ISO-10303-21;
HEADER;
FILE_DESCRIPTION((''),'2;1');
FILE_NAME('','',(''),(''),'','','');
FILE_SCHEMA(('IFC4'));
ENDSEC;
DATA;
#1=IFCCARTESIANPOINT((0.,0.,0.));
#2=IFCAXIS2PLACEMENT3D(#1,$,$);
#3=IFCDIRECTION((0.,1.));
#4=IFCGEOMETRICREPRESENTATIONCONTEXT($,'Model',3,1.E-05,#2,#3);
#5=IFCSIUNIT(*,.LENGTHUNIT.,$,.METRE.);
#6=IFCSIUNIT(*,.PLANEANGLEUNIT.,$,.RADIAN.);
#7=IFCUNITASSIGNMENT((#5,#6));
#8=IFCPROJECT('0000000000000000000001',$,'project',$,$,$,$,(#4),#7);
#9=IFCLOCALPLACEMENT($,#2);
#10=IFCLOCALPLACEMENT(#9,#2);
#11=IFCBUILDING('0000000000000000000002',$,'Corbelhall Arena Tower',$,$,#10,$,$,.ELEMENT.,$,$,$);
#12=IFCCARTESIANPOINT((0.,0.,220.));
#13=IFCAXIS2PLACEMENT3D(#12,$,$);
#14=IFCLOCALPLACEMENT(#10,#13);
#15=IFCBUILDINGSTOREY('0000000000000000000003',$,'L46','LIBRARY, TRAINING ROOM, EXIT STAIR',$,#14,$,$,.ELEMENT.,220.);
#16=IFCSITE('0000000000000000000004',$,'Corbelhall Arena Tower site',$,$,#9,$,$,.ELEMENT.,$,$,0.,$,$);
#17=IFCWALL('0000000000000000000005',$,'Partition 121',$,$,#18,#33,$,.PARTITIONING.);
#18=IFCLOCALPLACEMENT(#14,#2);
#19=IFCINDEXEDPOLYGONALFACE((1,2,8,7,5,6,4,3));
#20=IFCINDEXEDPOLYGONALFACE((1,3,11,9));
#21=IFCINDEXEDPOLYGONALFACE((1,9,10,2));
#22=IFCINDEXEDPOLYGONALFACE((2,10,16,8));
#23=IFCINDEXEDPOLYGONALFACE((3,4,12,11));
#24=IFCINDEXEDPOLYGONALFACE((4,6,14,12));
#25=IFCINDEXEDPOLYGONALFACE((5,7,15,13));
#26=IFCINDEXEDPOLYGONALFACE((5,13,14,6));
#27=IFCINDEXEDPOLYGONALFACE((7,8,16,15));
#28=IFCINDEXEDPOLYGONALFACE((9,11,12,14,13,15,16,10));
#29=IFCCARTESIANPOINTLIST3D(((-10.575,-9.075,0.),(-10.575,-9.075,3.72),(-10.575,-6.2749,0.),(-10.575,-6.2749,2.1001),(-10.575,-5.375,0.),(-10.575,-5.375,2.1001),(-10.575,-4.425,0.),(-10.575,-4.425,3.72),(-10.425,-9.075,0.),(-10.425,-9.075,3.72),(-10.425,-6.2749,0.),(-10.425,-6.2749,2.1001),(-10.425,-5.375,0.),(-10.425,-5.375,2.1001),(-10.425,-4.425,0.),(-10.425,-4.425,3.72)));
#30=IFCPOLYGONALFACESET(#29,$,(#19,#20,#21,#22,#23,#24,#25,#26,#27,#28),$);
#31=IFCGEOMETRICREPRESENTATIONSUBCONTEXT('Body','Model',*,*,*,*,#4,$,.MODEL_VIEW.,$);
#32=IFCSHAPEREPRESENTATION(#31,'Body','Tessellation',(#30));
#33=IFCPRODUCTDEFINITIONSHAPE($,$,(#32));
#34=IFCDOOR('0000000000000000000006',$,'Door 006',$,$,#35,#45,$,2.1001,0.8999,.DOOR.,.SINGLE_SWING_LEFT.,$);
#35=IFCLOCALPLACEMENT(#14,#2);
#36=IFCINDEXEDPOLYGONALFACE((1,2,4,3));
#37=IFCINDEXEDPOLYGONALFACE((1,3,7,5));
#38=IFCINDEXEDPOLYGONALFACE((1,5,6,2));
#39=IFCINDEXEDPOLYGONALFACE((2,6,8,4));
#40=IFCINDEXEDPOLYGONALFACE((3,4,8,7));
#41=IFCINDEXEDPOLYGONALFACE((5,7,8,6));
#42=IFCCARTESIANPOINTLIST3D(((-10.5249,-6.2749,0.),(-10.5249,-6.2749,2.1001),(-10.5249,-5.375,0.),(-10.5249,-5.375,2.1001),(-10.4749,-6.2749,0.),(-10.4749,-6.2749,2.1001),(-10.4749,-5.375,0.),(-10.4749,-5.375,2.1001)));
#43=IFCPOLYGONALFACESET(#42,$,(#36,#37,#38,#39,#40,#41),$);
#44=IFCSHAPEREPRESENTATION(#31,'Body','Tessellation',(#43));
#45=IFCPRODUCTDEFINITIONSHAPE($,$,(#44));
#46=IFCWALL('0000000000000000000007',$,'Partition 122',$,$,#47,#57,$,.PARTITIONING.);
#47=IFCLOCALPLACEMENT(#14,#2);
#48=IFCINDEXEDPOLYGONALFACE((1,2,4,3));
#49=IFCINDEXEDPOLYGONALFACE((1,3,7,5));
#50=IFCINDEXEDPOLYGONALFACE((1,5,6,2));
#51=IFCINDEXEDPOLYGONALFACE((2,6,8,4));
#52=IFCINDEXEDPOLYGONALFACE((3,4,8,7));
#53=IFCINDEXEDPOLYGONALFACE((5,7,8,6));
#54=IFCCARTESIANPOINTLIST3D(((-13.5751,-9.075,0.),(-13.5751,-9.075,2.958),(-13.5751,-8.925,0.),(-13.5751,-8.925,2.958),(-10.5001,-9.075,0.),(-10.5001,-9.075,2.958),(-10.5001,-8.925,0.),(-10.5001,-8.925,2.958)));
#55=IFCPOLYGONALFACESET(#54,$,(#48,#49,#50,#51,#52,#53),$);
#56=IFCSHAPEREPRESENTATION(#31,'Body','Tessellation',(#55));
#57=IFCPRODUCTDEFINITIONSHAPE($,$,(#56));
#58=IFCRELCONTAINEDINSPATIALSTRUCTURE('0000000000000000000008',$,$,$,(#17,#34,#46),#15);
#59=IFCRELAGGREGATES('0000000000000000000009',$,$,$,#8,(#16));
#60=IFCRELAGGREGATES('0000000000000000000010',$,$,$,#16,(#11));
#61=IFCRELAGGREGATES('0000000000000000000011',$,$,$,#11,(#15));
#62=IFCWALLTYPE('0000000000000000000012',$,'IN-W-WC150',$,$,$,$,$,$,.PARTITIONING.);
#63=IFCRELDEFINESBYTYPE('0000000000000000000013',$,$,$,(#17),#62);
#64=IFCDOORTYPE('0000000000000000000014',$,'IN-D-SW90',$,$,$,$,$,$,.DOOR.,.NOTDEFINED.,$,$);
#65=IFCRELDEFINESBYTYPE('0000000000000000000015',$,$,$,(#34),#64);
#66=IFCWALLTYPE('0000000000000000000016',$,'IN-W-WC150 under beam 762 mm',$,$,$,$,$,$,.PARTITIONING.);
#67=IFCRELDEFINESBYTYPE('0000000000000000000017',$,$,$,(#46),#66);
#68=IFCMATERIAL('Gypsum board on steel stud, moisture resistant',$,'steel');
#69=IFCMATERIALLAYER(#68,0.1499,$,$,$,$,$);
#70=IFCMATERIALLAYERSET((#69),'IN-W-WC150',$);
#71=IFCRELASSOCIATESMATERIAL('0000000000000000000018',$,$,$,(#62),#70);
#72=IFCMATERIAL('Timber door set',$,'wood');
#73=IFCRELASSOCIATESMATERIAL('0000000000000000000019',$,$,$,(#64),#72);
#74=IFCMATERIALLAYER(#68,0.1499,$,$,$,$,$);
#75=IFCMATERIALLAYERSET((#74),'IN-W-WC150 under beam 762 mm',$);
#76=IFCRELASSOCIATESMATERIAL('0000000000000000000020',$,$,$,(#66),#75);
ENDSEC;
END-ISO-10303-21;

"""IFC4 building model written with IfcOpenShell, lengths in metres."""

from ifc_helpers import new_model, si_unit, direction, frame, frame_2d, origin, place, context, subcontext, project, spatial, rectangle, extrude, material, layer, layer_set, type_object, element, fill, save


model = new_model("IFC4")

# Units and contexts
model_context = context("Model", 3, precision=1e-05, world=origin(), true_north=direction((0.0, 1.0)))
body_context = subcontext(model_context, "Body", "Model", "MODEL_VIEW")
ifc_project = project(units=[si_unit("LENGTHUNIT", "METRE"), si_unit("PLANEANGLEUNIT", "RADIAN")], contexts=[model_context])

# Site, building, storey
site_placement = place(None, origin())
site = spatial("IfcSite", under=ifc_project, at=site_placement, Name="Corbelhall Arena Tower site", CompositionType="ELEMENT", RefElevation=0.0)
building_placement = place(site_placement, origin())
building = spatial("IfcBuilding", under=site, at=building_placement, Name="Corbelhall Arena Tower", CompositionType="ELEMENT")
storey_placement = place(building_placement, frame((0.0, 0.0, 220.0)))
storey = spatial("IfcBuildingStorey", under=building, at=storey_placement, Name="L46", Description="LIBRARY, TRAINING ROOM, EXIT STAIR", CompositionType="ELEMENT", Elevation=220.0)

# Shared definitions
ifc_material_1 = material(Name="Gypsum board on steel stud, moisture resistant", Category="steel")
ifc_layer_1 = layer(ifc_material_1, 0.1499)
ifc_layer_set_1 = layer_set([ifc_layer_1], Name="IN-W-WC150")
wall_type_1 = type_object("IfcWallType", Name="IN-W-WC150", PredefinedType="PARTITIONING", material=ifc_layer_set_1)

# Wall, opening, door
wall_1_placement = place(storey_placement, frame((-10.5, -9.075, 0.0), z_axis=(0.0, 0.0, 1.0), x_axis=(0.0, 1.0, 0.0)))
wall_1 = element("IfcWall", 1, at=wall_1_placement, inside=storey, type_object=wall_type_1, Name="Partition 121", PredefinedType="PARTITIONING", context=body_context, shape_type="SweptSolid", body=[
    extrude(rectangle(XDim=4.6499, YDim=0.1499, at=frame_2d((2.325, 0.0))), origin(), (0.0, 0.0, 1.0), 3.72),
])
opening_1_placement = place(wall_1_placement, frame((2.8, 0.0, 0.0)))
opening_1 = element("IfcOpeningElement", 2, at=opening_1_placement, cuts=wall_1, PredefinedType="OPENING", context=body_context, shape_type="SweptSolid", body=[
    extrude(rectangle(XDim=0.8999, YDim=2.1001, at=frame_2d((0.45, 1.05))), frame((0.0, 0.075, 0.0), z_axis=(0.0, -1.0, 0.0), x_axis=(1.0, 0.0, 0.0)), (0.0, 0.0, 1.0), 0.1499),
])
ifc_material_2 = material(Name="Timber door set", Category="wood")
door_type_1 = type_object("IfcDoorType", Name="IN-D-SW90", OperationType="NOTDEFINED", PredefinedType="DOOR", material=ifc_material_2)
door_1_placement = place(opening_1_placement, origin())
door_1 = element("IfcDoor", 3, at=door_1_placement, inside=storey, type_object=door_type_1, Name="Door 006", OperationType="SINGLE_SWING_LEFT", OverallHeight=2.1001, OverallWidth=0.8999, PredefinedType="DOOR", context=body_context, shape_type="SweptSolid", body=[
    extrude(rectangle(XDim=0.8999, YDim=2.1001, at=frame_2d((0.45, 1.05))), frame((0.0, 0.0249, 0.0), z_axis=(0.0, -1.0, 0.0), x_axis=(1.0, 0.0, 0.0)), (0.0, 0.0, 1.0), 0.05),
])
fill(opening_1, door_1)

# Wall
ifc_layer_2 = layer(ifc_material_1, 0.1499)
ifc_layer_set_2 = layer_set([ifc_layer_2], Name="IN-W-WC150 under beam 762 mm")
wall_type_2 = type_object("IfcWallType", Name="IN-W-WC150 under beam 762 mm", PredefinedType="PARTITIONING", material=ifc_layer_set_2)
wall_2_placement = place(storey_placement, frame((-10.5, -9.0, 0.0), z_axis=(0.0, 0.0, 1.0), x_axis=(-1.0, 0.0, 0.0)))
element("IfcWall", 4, at=wall_2_placement, inside=storey, type_object=wall_type_2, Name="Partition 122", PredefinedType="PARTITIONING", context=body_context, shape_type="SweptSolid", body=[
    extrude(rectangle(XDim=3.075, YDim=0.1499, at=frame_2d((1.5376, 0.0))), origin(), (0.0, 0.0, 1.0), 2.958),
])

save(model, "model.ifc")
